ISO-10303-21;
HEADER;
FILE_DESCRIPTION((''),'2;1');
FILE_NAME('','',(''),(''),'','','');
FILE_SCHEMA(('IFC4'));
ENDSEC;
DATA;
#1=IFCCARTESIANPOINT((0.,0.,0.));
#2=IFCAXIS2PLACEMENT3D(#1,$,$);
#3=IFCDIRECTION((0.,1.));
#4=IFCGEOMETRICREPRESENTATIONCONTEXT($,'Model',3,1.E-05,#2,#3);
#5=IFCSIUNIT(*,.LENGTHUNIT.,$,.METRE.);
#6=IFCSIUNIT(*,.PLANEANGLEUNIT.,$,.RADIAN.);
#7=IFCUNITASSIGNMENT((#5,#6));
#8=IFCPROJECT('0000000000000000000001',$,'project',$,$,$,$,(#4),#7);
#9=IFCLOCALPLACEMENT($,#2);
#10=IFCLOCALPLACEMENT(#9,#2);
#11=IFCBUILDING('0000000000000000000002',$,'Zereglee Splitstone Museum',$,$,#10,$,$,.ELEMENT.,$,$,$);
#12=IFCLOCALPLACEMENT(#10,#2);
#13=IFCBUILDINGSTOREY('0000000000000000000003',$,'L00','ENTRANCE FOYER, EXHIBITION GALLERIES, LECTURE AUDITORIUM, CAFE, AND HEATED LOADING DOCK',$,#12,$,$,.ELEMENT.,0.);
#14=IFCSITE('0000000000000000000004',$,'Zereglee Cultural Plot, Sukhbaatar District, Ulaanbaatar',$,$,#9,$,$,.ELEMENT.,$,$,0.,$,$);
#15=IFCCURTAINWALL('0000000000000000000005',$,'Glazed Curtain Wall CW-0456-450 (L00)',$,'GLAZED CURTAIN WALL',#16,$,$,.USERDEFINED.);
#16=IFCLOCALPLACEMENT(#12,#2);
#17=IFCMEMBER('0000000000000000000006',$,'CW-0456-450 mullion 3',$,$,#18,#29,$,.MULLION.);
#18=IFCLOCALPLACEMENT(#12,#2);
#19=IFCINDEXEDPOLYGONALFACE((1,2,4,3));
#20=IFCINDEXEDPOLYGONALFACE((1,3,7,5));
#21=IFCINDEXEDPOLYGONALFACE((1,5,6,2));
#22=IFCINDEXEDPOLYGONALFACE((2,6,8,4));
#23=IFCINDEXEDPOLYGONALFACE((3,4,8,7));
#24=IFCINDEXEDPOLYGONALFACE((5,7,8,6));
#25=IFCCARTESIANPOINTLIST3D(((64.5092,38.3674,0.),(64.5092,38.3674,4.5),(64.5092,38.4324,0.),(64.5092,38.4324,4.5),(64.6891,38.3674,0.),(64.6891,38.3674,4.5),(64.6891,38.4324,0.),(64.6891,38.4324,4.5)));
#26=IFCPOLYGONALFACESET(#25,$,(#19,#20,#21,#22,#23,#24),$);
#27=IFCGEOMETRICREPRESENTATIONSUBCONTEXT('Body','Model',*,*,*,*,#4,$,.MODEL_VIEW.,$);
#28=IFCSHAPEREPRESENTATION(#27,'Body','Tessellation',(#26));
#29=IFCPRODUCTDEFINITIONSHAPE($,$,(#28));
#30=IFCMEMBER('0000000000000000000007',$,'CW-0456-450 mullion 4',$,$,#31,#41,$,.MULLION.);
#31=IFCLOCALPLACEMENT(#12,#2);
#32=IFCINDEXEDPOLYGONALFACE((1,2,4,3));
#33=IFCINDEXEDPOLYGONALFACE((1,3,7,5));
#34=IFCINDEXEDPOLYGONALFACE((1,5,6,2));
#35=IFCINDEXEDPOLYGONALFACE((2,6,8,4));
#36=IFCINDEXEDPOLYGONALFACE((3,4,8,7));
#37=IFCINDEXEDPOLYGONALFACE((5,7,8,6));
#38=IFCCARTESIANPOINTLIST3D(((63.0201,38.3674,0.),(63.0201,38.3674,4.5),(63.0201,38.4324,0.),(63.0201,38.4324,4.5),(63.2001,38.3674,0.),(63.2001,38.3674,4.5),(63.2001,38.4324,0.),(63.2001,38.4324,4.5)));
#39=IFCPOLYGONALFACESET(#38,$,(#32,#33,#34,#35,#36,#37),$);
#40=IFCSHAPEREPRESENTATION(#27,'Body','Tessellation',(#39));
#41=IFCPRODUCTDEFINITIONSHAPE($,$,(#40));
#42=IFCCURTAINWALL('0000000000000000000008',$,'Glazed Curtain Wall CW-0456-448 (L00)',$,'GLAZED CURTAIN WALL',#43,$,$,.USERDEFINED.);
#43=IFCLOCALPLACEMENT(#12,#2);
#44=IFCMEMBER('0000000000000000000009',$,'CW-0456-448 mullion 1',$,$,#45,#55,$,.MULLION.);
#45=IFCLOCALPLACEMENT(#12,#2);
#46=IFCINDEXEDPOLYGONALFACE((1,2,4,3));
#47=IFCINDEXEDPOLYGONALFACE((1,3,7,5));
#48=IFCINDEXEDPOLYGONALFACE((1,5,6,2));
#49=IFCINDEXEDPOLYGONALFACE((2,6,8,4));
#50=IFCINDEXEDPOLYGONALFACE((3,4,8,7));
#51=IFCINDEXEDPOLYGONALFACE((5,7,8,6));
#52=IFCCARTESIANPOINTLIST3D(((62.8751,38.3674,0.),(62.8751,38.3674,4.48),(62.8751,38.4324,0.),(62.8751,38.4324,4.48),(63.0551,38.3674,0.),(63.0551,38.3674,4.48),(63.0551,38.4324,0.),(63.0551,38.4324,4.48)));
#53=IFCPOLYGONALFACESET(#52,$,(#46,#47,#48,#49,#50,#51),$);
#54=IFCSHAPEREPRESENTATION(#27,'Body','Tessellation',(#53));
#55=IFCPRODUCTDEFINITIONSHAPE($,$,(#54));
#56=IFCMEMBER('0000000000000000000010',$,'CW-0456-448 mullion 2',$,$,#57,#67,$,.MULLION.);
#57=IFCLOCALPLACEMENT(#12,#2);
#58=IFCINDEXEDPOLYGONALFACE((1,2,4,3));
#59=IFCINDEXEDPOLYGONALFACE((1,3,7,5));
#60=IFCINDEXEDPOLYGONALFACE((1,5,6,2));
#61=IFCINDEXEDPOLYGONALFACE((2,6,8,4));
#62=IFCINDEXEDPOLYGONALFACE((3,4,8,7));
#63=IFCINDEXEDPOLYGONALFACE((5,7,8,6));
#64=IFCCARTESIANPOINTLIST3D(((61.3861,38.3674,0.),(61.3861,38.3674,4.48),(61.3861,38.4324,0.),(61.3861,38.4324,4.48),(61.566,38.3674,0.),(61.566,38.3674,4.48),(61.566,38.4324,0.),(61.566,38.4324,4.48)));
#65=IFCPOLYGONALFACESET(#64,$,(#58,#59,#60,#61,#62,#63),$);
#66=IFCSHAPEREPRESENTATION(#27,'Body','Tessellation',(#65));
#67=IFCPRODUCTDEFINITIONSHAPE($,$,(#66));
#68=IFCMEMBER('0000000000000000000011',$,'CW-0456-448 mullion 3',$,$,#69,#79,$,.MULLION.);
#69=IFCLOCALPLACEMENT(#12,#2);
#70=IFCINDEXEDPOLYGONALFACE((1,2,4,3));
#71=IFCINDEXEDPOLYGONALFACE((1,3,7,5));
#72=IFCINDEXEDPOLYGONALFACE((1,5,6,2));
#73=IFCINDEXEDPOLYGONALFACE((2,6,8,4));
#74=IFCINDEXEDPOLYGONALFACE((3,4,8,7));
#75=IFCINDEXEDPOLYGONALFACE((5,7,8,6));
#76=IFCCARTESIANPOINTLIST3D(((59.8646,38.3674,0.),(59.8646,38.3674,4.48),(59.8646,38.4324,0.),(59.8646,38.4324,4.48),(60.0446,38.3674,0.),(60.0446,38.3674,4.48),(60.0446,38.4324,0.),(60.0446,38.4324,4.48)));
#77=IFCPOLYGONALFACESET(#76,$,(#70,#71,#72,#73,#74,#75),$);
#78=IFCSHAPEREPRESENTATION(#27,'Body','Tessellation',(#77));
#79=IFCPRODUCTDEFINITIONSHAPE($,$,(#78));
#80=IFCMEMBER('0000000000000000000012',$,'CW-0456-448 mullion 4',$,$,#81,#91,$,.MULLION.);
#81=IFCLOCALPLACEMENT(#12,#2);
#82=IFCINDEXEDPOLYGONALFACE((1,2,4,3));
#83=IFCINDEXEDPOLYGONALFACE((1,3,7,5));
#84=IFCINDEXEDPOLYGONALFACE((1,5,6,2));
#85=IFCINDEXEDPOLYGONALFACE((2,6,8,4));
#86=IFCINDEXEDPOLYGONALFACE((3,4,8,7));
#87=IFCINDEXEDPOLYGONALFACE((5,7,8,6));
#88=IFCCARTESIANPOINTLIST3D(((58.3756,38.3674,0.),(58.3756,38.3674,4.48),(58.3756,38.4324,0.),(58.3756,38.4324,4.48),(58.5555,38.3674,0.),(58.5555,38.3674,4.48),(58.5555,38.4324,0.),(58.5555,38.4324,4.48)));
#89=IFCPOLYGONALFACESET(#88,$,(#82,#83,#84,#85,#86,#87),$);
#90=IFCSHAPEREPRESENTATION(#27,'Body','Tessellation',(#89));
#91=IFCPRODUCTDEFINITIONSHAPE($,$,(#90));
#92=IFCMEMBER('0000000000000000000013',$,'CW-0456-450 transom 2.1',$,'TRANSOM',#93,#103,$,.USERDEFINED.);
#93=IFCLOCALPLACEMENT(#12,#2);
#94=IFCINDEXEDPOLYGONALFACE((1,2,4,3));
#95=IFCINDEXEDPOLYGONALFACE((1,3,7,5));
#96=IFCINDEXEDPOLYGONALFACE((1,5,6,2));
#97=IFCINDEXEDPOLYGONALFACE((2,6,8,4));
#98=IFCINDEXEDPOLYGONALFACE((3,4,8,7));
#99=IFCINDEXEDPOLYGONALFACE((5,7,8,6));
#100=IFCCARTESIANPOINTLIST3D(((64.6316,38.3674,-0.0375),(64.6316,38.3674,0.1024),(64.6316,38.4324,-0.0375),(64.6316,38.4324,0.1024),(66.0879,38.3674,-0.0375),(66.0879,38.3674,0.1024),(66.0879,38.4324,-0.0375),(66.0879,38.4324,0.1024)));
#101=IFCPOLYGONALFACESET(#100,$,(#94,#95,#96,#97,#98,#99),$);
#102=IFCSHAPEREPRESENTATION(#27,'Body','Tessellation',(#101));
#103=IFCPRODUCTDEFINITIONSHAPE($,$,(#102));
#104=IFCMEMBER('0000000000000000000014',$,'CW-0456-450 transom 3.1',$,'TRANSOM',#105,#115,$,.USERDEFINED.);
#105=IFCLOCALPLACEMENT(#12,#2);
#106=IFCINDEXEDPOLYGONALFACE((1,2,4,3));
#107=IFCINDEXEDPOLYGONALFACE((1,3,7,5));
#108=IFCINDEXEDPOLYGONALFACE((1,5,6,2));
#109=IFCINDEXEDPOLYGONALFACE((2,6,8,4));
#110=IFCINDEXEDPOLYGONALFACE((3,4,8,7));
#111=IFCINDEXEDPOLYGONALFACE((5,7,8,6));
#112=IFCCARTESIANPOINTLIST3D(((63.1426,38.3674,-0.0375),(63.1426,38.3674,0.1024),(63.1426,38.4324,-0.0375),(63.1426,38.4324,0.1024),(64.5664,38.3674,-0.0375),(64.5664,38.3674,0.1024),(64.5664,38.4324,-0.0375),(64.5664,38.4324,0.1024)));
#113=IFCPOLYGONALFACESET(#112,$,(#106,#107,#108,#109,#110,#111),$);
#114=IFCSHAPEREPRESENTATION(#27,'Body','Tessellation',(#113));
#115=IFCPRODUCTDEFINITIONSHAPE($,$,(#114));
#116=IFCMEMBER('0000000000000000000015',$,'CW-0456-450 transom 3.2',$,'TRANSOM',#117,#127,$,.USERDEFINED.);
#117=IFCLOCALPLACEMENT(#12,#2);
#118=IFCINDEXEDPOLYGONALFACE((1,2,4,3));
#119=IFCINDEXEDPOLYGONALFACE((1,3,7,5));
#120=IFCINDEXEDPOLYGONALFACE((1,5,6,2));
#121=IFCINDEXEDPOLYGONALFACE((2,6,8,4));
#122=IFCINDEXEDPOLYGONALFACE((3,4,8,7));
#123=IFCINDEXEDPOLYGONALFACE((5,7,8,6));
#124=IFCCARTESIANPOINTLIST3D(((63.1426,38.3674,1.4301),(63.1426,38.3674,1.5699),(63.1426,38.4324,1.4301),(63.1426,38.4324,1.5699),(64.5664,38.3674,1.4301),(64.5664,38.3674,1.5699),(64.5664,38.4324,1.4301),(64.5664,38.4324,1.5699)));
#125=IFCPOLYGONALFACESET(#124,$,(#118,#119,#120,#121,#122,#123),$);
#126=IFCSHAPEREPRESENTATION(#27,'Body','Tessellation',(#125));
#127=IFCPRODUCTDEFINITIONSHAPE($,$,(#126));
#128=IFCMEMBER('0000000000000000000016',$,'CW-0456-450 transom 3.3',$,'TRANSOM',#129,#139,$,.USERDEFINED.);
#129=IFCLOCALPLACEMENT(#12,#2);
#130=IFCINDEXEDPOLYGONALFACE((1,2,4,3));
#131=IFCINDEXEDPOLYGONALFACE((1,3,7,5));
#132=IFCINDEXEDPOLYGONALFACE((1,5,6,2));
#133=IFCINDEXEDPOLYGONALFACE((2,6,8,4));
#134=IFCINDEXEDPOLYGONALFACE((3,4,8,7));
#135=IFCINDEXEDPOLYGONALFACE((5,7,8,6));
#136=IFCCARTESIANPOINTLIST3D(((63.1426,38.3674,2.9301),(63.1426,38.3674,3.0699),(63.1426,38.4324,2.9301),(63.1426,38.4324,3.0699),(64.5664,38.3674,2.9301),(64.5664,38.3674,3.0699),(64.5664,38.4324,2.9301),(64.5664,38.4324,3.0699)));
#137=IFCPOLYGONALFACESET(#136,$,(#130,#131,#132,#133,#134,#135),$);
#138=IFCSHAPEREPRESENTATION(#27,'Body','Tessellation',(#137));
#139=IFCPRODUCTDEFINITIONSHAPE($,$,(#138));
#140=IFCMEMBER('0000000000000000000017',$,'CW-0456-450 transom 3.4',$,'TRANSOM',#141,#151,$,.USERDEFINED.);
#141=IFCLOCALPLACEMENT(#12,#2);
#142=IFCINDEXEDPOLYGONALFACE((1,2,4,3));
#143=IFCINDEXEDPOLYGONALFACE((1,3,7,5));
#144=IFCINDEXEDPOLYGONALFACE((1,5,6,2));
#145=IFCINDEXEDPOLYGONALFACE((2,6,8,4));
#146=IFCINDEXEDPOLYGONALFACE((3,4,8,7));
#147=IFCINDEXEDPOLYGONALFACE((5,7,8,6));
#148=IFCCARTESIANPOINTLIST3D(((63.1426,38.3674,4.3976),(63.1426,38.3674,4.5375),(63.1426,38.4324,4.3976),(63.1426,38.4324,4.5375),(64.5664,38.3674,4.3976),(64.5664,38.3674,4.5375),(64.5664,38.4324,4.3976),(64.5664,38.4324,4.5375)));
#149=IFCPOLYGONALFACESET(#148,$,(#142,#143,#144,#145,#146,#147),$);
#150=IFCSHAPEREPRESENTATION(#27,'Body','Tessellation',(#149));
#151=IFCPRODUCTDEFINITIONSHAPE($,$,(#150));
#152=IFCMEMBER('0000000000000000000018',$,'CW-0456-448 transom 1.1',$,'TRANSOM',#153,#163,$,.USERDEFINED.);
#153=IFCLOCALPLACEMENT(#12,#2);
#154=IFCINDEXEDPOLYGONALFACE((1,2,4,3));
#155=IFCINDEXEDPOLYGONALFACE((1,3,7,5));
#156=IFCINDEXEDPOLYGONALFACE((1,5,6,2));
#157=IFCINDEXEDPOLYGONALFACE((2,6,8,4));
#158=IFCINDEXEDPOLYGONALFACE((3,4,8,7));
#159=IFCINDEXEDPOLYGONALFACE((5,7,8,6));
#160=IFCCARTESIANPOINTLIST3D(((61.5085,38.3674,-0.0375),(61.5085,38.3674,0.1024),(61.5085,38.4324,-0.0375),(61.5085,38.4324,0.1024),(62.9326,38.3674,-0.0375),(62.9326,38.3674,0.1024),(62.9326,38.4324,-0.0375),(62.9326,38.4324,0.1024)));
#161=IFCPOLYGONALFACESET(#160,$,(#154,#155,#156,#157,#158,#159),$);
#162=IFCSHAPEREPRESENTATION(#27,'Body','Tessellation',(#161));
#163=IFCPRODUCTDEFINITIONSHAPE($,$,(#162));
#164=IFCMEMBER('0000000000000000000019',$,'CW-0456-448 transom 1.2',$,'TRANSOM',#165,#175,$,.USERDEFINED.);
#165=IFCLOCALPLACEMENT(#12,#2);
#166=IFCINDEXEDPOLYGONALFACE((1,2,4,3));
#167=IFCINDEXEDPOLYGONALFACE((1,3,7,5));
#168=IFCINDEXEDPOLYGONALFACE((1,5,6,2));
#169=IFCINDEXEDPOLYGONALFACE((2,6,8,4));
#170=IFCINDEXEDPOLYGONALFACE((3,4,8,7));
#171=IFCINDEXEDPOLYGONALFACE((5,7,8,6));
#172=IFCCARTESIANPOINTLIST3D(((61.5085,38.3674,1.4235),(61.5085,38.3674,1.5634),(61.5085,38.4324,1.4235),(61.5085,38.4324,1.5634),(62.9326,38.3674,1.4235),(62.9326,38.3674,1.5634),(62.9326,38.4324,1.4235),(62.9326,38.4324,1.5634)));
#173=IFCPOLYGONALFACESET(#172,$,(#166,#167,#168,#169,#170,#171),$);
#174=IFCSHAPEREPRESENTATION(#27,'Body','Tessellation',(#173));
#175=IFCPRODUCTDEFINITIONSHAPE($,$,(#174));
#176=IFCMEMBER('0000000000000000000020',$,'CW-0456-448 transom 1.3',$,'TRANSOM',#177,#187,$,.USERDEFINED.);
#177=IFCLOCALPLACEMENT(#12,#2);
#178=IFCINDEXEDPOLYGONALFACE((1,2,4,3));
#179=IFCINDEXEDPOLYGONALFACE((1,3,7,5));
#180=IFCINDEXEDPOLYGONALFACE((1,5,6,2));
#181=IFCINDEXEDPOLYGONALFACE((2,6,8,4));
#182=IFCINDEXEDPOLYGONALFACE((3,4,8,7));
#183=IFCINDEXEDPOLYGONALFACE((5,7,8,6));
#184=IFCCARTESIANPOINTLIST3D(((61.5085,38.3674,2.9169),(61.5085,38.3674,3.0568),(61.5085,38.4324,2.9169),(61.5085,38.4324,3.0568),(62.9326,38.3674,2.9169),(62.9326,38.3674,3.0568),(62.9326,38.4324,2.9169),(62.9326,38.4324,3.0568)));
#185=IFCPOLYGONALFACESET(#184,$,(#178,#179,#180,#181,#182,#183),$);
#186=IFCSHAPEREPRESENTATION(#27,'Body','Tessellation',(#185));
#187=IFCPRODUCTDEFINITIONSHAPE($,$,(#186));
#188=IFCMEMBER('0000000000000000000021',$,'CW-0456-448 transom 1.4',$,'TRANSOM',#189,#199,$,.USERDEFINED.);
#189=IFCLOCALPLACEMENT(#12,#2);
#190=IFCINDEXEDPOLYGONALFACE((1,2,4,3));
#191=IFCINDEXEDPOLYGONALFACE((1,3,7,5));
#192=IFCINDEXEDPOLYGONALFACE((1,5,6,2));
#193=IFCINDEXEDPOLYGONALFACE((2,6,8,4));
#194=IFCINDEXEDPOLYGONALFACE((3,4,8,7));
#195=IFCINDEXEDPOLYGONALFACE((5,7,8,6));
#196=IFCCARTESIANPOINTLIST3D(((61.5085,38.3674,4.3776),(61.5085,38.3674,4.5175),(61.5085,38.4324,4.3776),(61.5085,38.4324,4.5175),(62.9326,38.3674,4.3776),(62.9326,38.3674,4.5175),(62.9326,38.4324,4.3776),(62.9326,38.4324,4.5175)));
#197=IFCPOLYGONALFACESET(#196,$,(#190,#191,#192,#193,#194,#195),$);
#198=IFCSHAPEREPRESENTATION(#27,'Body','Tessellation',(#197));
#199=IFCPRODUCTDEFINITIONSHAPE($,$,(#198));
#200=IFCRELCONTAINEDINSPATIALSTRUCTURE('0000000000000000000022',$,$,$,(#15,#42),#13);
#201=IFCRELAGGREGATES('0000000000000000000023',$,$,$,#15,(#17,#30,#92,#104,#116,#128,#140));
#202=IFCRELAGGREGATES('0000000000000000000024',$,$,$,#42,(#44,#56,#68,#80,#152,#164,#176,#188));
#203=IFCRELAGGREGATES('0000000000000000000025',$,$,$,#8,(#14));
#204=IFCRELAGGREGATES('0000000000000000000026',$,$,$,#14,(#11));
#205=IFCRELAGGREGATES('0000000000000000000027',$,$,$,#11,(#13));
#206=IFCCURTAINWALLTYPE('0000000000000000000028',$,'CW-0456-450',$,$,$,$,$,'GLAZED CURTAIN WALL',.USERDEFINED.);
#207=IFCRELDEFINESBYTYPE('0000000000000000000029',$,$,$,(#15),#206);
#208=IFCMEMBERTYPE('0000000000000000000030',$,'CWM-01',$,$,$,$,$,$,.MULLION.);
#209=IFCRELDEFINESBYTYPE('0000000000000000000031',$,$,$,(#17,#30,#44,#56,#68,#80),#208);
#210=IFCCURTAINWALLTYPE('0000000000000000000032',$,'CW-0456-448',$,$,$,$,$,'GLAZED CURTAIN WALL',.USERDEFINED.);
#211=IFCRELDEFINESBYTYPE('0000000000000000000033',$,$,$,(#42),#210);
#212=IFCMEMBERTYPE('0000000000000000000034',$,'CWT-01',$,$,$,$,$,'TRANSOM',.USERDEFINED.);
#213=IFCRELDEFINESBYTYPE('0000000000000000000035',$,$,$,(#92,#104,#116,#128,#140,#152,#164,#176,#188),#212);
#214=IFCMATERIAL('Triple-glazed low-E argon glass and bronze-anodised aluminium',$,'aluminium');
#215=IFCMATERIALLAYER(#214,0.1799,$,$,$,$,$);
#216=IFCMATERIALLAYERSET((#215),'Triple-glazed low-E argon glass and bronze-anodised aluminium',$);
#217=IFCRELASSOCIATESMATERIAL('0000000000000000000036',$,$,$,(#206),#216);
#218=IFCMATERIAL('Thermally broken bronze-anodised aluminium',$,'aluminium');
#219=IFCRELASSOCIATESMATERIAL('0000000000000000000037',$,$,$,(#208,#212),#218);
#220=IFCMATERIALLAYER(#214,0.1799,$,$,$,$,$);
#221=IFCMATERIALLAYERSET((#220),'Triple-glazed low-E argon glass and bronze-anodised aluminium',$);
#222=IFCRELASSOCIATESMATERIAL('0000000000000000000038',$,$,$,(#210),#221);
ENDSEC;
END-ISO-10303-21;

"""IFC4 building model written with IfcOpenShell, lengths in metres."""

from ifc_helpers import new_model, si_unit, direction, frame, origin, origin_2d, place, context, subcontext, project, spatial, rectangle, extrude, material, layer, layer_set, material_profile, profile_set, type_object, element, aggregate, save


model = new_model("IFC4")

# Units and contexts
model_context = context("Model", 3, precision=1e-05, world=origin(), true_north=direction((0.0, 1.0)))
body_context = subcontext(model_context, "Body", "Model", "MODEL_VIEW")
ifc_project = project(units=[si_unit("LENGTHUNIT", "METRE"), si_unit("PLANEANGLEUNIT", "RADIAN")], contexts=[model_context])

# Site, building, storey
site_placement = place(None, origin())
site = spatial("IfcSite", under=ifc_project, at=site_placement, Name="Zereglee Cultural Plot, Sukhbaatar District, Ulaanbaatar", CompositionType="ELEMENT", RefElevation=0.0)
building_placement = place(site_placement, origin())
building = spatial("IfcBuilding", under=site, at=building_placement, Name="Zereglee Splitstone Museum", CompositionType="ELEMENT")
storey_placement = place(building_placement, origin())
storey = spatial("IfcBuildingStorey", under=building, at=storey_placement, Name="L00", Description="ENTRANCE FOYER, EXHIBITION GALLERIES, LECTURE AUDITORIUM, CAFE, AND HEATED LOADING DOCK", CompositionType="ELEMENT", Elevation=0.0)

# Curtain walls, members
ifc_material_1 = material(Name="Triple-glazed low-E argon glass and bronze-anodised aluminium", Category="aluminium")
ifc_layer_1 = layer(ifc_material_1, 0.1799)
ifc_layer_set_1 = layer_set([ifc_layer_1], Name="Triple-glazed low-E argon glass and bronze-anodised aluminium")
curtain_wall_type_1 = type_object("IfcCurtainWallType", Name="CW-0456-450", ElementType="GLAZED CURTAIN WALL", PredefinedType="USERDEFINED", material=ifc_layer_set_1)
curtain_wall_1_placement = place(storey_placement, origin())
curtain_wall_1 = element("IfcCurtainWall", 1, at=curtain_wall_1_placement, inside=storey, type_object=curtain_wall_type_1, Name="Glazed Curtain Wall CW-0456-450 (L00)", ObjectType="GLAZED CURTAIN WALL", PredefinedType="USERDEFINED")
ifc_material_2 = material(Name="Thermally broken bronze-anodised aluminium", Category="aluminium")
ifc_material_profile_1 = material_profile(ifc_material_2, rectangle(XDim=0.0649, YDim=0.1799, at=origin_2d()), Name="CW MULL 65x180")
ifc_profile_set_1 = profile_set([ifc_material_profile_1], Name="Thermally broken bronze-anodised aluminium")
member_type_1 = type_object("IfcMemberType", Name="CWM-01", PredefinedType="MULLION", material=ifc_profile_set_1)
member_1_placement = place(storey_placement, frame((64.5991, 38.3999, 0.0), z_axis=(0.0, 0.0, 1.0), x_axis=(0.0, -1.0, 0.0)))
member_1 = element("IfcMember", 2, at=member_1_placement, type_object=member_type_1, Name="CW-0456-450 mullion 3", PredefinedType="MULLION", context=body_context, shape_type="SweptSolid", body=[
    extrude(rectangle(XDim=0.0649, YDim=0.1799, at=origin_2d()), origin(), (0.0, 0.0, 1.0), 4.5),
])
member_2_placement = place(storey_placement, frame((63.1101, 38.3999, 0.0), z_axis=(0.0, 0.0, 1.0), x_axis=(0.0, -1.0, 0.0)))
member_2 = element("IfcMember", 3, at=member_2_placement, type_object=member_type_1, Name="CW-0456-450 mullion 4", PredefinedType="MULLION", context=body_context, shape_type="SweptSolid", body=[
    extrude(rectangle(XDim=0.0649, YDim=0.1799, at=origin_2d()), origin(), (0.0, 0.0, 1.0), 4.5),
])
ifc_layer_2 = layer(ifc_material_1, 0.1799)
ifc_layer_set_2 = layer_set([ifc_layer_2], Name="Triple-glazed low-E argon glass and bronze-anodised aluminium")
curtain_wall_type_2 = type_object("IfcCurtainWallType", Name="CW-0456-448", ElementType="GLAZED CURTAIN WALL", PredefinedType="USERDEFINED", material=ifc_layer_set_2)
curtain_wall_2_placement = place(storey_placement, origin())
curtain_wall_2 = element("IfcCurtainWall", 4, at=curtain_wall_2_placement, inside=storey, type_object=curtain_wall_type_2, Name="Glazed Curtain Wall CW-0456-448 (L00)", ObjectType="GLAZED CURTAIN WALL", PredefinedType="USERDEFINED")
member_3_placement = place(storey_placement, frame((62.9651, 38.3999, 0.0), z_axis=(0.0, 0.0, 1.0), x_axis=(0.0, -1.0, 0.0)))
member_3 = element("IfcMember", 5, at=member_3_placement, type_object=member_type_1, Name="CW-0456-448 mullion 1", PredefinedType="MULLION", context=body_context, shape_type="SweptSolid", body=[
    extrude(rectangle(XDim=0.0649, YDim=0.1799, at=origin_2d()), origin(), (0.0, 0.0, 1.0), 4.48),
])
member_4_placement = place(storey_placement, frame((61.4761, 38.3999, 0.0), z_axis=(0.0, 0.0, 1.0), x_axis=(0.0, -1.0, 0.0)))
member_4 = element("IfcMember", 6, at=member_4_placement, type_object=member_type_1, Name="CW-0456-448 mullion 2", PredefinedType="MULLION", context=body_context, shape_type="SweptSolid", body=[
    extrude(rectangle(XDim=0.0649, YDim=0.1799, at=origin_2d()), origin(), (0.0, 0.0, 1.0), 4.48),
])
member_5_placement = place(storey_placement, frame((59.9546, 38.3999, 0.0), z_axis=(0.0, 0.0, 1.0), x_axis=(0.0, -1.0, 0.0)))
member_5 = element("IfcMember", 7, at=member_5_placement, type_object=member_type_1, Name="CW-0456-448 mullion 3", PredefinedType="MULLION", context=body_context, shape_type="SweptSolid", body=[
    extrude(rectangle(XDim=0.0649, YDim=0.1799, at=origin_2d()), origin(), (0.0, 0.0, 1.0), 4.48),
])
member_6_placement = place(storey_placement, frame((58.4656, 38.3999, 0.0), z_axis=(0.0, 0.0, 1.0), x_axis=(0.0, -1.0, 0.0)))
member_6 = element("IfcMember", 8, at=member_6_placement, type_object=member_type_1, Name="CW-0456-448 mullion 4", PredefinedType="MULLION", context=body_context, shape_type="SweptSolid", body=[
    extrude(rectangle(XDim=0.0649, YDim=0.1799, at=origin_2d()), origin(), (0.0, 0.0, 1.0), 4.48),
])

# Members
ifc_material_profile_2 = material_profile(ifc_material_2, rectangle(XDim=0.0649, YDim=0.1399, at=origin_2d()), Name="CW TRAN 65x140")
ifc_profile_set_2 = profile_set([ifc_material_profile_2], Name="Thermally broken bronze-anodised aluminium")
member_type_2 = type_object("IfcMemberType", Name="CWT-01", ElementType="TRANSOM", PredefinedType="USERDEFINED", material=ifc_profile_set_2)
member_7_placement = place(storey_placement, frame((66.0879, 38.3999, 0.0325), z_axis=(-1.0, 0.0, 0.0), x_axis=(0.0, -1.0, 0.0)))
member_7 = element("IfcMember", 9, at=member_7_placement, type_object=member_type_2, Name="CW-0456-450 transom 2.1", ObjectType="TRANSOM", PredefinedType="USERDEFINED", context=body_context, shape_type="SweptSolid", body=[
    extrude(rectangle(XDim=0.0649, YDim=0.1399, at=origin_2d()), origin(), (0.0, 0.0, 1.0), 1.4563),
])
member_8_placement = place(storey_placement, frame((64.5664, 38.3999, 0.0325), z_axis=(-1.0, 0.0, 0.0), x_axis=(0.0, -1.0, 0.0)))
member_8 = element("IfcMember", 10, at=member_8_placement, type_object=member_type_2, Name="CW-0456-450 transom 3.1", ObjectType="TRANSOM", PredefinedType="USERDEFINED", context=body_context, shape_type="SweptSolid", body=[
    extrude(rectangle(XDim=0.0649, YDim=0.1399, at=origin_2d()), origin(), (0.0, 0.0, 1.0), 1.4238),
])
member_9_placement = place(storey_placement, frame((64.5664, 38.3999, 1.5), z_axis=(-1.0, 0.0, 0.0), x_axis=(0.0, -1.0, 0.0)))
member_9 = element("IfcMember", 11, at=member_9_placement, type_object=member_type_2, Name="CW-0456-450 transom 3.2", ObjectType="TRANSOM", PredefinedType="USERDEFINED", context=body_context, shape_type="SweptSolid", body=[
    extrude(rectangle(XDim=0.0649, YDim=0.1399, at=origin_2d()), origin(), (0.0, 0.0, 1.0), 1.4238),
])
member_10_placement = place(storey_placement, frame((64.5664, 38.3999, 3.0), z_axis=(-1.0, 0.0, 0.0), x_axis=(0.0, -1.0, 0.0)))
member_10 = element("IfcMember", 12, at=member_10_placement, type_object=member_type_2, Name="CW-0456-450 transom 3.3", ObjectType="TRANSOM", PredefinedType="USERDEFINED", context=body_context, shape_type="SweptSolid", body=[
    extrude(rectangle(XDim=0.0649, YDim=0.1399, at=origin_2d()), origin(), (0.0, 0.0, 1.0), 1.4238),
])
member_11_placement = place(storey_placement, frame((64.5664, 38.3999, 4.4675), z_axis=(-1.0, 0.0, 0.0), x_axis=(0.0, -1.0, 0.0)))
member_11 = element("IfcMember", 13, at=member_11_placement, type_object=member_type_2, Name="CW-0456-450 transom 3.4", ObjectType="TRANSOM", PredefinedType="USERDEFINED", context=body_context, shape_type="SweptSolid", body=[
    extrude(rectangle(XDim=0.0649, YDim=0.1399, at=origin_2d()), origin(), (0.0, 0.0, 1.0), 1.4238),
])
member_12_placement = place(storey_placement, frame((62.9326, 38.3999, 0.0325), z_axis=(-1.0, 0.0, 0.0), x_axis=(0.0, -1.0, 0.0)))
member_12 = element("IfcMember", 14, at=member_12_placement, type_object=member_type_2, Name="CW-0456-448 transom 1.1", ObjectType="TRANSOM", PredefinedType="USERDEFINED", context=body_context, shape_type="SweptSolid", body=[
    extrude(rectangle(XDim=0.0649, YDim=0.1399, at=origin_2d()), origin(), (0.0, 0.0, 1.0), 1.4241),
])
member_13_placement = place(storey_placement, frame((62.9326, 38.3999, 1.4934), z_axis=(-1.0, 0.0, 0.0), x_axis=(0.0, -1.0, 0.0)))
member_13 = element("IfcMember", 15, at=member_13_placement, type_object=member_type_2, Name="CW-0456-448 transom 1.2", ObjectType="TRANSOM", PredefinedType="USERDEFINED", context=body_context, shape_type="SweptSolid", body=[
    extrude(rectangle(XDim=0.0649, YDim=0.1399, at=origin_2d()), origin(), (0.0, 0.0, 1.0), 1.4241),
])
member_14_placement = place(storey_placement, frame((62.9326, 38.3999, 2.9868), z_axis=(-1.0, 0.0, 0.0), x_axis=(0.0, -1.0, 0.0)))
member_14 = element("IfcMember", 16, at=member_14_placement, type_object=member_type_2, Name="CW-0456-448 transom 1.3", ObjectType="TRANSOM", PredefinedType="USERDEFINED", context=body_context, shape_type="SweptSolid", body=[
    extrude(rectangle(XDim=0.0649, YDim=0.1399, at=origin_2d()), origin(), (0.0, 0.0, 1.0), 1.4241),
])
member_15_placement = place(storey_placement, frame((62.9326, 38.3999, 4.4475), z_axis=(-1.0, 0.0, 0.0), x_axis=(0.0, -1.0, 0.0)))
member_15 = element("IfcMember", 17, at=member_15_placement, type_object=member_type_2, Name="CW-0456-448 transom 1.4", ObjectType="TRANSOM", PredefinedType="USERDEFINED", context=body_context, shape_type="SweptSolid", body=[
    extrude(rectangle(XDim=0.0649, YDim=0.1399, at=origin_2d()), origin(), (0.0, 0.0, 1.0), 1.4241),
])

aggregate(curtain_wall_1, [member_1, member_2, member_7, member_8, member_9, member_10, member_11])
aggregate(curtain_wall_2, [member_3, member_4, member_5, member_6, member_12, member_13, member_14, member_15])

save(model, "model.ifc")
